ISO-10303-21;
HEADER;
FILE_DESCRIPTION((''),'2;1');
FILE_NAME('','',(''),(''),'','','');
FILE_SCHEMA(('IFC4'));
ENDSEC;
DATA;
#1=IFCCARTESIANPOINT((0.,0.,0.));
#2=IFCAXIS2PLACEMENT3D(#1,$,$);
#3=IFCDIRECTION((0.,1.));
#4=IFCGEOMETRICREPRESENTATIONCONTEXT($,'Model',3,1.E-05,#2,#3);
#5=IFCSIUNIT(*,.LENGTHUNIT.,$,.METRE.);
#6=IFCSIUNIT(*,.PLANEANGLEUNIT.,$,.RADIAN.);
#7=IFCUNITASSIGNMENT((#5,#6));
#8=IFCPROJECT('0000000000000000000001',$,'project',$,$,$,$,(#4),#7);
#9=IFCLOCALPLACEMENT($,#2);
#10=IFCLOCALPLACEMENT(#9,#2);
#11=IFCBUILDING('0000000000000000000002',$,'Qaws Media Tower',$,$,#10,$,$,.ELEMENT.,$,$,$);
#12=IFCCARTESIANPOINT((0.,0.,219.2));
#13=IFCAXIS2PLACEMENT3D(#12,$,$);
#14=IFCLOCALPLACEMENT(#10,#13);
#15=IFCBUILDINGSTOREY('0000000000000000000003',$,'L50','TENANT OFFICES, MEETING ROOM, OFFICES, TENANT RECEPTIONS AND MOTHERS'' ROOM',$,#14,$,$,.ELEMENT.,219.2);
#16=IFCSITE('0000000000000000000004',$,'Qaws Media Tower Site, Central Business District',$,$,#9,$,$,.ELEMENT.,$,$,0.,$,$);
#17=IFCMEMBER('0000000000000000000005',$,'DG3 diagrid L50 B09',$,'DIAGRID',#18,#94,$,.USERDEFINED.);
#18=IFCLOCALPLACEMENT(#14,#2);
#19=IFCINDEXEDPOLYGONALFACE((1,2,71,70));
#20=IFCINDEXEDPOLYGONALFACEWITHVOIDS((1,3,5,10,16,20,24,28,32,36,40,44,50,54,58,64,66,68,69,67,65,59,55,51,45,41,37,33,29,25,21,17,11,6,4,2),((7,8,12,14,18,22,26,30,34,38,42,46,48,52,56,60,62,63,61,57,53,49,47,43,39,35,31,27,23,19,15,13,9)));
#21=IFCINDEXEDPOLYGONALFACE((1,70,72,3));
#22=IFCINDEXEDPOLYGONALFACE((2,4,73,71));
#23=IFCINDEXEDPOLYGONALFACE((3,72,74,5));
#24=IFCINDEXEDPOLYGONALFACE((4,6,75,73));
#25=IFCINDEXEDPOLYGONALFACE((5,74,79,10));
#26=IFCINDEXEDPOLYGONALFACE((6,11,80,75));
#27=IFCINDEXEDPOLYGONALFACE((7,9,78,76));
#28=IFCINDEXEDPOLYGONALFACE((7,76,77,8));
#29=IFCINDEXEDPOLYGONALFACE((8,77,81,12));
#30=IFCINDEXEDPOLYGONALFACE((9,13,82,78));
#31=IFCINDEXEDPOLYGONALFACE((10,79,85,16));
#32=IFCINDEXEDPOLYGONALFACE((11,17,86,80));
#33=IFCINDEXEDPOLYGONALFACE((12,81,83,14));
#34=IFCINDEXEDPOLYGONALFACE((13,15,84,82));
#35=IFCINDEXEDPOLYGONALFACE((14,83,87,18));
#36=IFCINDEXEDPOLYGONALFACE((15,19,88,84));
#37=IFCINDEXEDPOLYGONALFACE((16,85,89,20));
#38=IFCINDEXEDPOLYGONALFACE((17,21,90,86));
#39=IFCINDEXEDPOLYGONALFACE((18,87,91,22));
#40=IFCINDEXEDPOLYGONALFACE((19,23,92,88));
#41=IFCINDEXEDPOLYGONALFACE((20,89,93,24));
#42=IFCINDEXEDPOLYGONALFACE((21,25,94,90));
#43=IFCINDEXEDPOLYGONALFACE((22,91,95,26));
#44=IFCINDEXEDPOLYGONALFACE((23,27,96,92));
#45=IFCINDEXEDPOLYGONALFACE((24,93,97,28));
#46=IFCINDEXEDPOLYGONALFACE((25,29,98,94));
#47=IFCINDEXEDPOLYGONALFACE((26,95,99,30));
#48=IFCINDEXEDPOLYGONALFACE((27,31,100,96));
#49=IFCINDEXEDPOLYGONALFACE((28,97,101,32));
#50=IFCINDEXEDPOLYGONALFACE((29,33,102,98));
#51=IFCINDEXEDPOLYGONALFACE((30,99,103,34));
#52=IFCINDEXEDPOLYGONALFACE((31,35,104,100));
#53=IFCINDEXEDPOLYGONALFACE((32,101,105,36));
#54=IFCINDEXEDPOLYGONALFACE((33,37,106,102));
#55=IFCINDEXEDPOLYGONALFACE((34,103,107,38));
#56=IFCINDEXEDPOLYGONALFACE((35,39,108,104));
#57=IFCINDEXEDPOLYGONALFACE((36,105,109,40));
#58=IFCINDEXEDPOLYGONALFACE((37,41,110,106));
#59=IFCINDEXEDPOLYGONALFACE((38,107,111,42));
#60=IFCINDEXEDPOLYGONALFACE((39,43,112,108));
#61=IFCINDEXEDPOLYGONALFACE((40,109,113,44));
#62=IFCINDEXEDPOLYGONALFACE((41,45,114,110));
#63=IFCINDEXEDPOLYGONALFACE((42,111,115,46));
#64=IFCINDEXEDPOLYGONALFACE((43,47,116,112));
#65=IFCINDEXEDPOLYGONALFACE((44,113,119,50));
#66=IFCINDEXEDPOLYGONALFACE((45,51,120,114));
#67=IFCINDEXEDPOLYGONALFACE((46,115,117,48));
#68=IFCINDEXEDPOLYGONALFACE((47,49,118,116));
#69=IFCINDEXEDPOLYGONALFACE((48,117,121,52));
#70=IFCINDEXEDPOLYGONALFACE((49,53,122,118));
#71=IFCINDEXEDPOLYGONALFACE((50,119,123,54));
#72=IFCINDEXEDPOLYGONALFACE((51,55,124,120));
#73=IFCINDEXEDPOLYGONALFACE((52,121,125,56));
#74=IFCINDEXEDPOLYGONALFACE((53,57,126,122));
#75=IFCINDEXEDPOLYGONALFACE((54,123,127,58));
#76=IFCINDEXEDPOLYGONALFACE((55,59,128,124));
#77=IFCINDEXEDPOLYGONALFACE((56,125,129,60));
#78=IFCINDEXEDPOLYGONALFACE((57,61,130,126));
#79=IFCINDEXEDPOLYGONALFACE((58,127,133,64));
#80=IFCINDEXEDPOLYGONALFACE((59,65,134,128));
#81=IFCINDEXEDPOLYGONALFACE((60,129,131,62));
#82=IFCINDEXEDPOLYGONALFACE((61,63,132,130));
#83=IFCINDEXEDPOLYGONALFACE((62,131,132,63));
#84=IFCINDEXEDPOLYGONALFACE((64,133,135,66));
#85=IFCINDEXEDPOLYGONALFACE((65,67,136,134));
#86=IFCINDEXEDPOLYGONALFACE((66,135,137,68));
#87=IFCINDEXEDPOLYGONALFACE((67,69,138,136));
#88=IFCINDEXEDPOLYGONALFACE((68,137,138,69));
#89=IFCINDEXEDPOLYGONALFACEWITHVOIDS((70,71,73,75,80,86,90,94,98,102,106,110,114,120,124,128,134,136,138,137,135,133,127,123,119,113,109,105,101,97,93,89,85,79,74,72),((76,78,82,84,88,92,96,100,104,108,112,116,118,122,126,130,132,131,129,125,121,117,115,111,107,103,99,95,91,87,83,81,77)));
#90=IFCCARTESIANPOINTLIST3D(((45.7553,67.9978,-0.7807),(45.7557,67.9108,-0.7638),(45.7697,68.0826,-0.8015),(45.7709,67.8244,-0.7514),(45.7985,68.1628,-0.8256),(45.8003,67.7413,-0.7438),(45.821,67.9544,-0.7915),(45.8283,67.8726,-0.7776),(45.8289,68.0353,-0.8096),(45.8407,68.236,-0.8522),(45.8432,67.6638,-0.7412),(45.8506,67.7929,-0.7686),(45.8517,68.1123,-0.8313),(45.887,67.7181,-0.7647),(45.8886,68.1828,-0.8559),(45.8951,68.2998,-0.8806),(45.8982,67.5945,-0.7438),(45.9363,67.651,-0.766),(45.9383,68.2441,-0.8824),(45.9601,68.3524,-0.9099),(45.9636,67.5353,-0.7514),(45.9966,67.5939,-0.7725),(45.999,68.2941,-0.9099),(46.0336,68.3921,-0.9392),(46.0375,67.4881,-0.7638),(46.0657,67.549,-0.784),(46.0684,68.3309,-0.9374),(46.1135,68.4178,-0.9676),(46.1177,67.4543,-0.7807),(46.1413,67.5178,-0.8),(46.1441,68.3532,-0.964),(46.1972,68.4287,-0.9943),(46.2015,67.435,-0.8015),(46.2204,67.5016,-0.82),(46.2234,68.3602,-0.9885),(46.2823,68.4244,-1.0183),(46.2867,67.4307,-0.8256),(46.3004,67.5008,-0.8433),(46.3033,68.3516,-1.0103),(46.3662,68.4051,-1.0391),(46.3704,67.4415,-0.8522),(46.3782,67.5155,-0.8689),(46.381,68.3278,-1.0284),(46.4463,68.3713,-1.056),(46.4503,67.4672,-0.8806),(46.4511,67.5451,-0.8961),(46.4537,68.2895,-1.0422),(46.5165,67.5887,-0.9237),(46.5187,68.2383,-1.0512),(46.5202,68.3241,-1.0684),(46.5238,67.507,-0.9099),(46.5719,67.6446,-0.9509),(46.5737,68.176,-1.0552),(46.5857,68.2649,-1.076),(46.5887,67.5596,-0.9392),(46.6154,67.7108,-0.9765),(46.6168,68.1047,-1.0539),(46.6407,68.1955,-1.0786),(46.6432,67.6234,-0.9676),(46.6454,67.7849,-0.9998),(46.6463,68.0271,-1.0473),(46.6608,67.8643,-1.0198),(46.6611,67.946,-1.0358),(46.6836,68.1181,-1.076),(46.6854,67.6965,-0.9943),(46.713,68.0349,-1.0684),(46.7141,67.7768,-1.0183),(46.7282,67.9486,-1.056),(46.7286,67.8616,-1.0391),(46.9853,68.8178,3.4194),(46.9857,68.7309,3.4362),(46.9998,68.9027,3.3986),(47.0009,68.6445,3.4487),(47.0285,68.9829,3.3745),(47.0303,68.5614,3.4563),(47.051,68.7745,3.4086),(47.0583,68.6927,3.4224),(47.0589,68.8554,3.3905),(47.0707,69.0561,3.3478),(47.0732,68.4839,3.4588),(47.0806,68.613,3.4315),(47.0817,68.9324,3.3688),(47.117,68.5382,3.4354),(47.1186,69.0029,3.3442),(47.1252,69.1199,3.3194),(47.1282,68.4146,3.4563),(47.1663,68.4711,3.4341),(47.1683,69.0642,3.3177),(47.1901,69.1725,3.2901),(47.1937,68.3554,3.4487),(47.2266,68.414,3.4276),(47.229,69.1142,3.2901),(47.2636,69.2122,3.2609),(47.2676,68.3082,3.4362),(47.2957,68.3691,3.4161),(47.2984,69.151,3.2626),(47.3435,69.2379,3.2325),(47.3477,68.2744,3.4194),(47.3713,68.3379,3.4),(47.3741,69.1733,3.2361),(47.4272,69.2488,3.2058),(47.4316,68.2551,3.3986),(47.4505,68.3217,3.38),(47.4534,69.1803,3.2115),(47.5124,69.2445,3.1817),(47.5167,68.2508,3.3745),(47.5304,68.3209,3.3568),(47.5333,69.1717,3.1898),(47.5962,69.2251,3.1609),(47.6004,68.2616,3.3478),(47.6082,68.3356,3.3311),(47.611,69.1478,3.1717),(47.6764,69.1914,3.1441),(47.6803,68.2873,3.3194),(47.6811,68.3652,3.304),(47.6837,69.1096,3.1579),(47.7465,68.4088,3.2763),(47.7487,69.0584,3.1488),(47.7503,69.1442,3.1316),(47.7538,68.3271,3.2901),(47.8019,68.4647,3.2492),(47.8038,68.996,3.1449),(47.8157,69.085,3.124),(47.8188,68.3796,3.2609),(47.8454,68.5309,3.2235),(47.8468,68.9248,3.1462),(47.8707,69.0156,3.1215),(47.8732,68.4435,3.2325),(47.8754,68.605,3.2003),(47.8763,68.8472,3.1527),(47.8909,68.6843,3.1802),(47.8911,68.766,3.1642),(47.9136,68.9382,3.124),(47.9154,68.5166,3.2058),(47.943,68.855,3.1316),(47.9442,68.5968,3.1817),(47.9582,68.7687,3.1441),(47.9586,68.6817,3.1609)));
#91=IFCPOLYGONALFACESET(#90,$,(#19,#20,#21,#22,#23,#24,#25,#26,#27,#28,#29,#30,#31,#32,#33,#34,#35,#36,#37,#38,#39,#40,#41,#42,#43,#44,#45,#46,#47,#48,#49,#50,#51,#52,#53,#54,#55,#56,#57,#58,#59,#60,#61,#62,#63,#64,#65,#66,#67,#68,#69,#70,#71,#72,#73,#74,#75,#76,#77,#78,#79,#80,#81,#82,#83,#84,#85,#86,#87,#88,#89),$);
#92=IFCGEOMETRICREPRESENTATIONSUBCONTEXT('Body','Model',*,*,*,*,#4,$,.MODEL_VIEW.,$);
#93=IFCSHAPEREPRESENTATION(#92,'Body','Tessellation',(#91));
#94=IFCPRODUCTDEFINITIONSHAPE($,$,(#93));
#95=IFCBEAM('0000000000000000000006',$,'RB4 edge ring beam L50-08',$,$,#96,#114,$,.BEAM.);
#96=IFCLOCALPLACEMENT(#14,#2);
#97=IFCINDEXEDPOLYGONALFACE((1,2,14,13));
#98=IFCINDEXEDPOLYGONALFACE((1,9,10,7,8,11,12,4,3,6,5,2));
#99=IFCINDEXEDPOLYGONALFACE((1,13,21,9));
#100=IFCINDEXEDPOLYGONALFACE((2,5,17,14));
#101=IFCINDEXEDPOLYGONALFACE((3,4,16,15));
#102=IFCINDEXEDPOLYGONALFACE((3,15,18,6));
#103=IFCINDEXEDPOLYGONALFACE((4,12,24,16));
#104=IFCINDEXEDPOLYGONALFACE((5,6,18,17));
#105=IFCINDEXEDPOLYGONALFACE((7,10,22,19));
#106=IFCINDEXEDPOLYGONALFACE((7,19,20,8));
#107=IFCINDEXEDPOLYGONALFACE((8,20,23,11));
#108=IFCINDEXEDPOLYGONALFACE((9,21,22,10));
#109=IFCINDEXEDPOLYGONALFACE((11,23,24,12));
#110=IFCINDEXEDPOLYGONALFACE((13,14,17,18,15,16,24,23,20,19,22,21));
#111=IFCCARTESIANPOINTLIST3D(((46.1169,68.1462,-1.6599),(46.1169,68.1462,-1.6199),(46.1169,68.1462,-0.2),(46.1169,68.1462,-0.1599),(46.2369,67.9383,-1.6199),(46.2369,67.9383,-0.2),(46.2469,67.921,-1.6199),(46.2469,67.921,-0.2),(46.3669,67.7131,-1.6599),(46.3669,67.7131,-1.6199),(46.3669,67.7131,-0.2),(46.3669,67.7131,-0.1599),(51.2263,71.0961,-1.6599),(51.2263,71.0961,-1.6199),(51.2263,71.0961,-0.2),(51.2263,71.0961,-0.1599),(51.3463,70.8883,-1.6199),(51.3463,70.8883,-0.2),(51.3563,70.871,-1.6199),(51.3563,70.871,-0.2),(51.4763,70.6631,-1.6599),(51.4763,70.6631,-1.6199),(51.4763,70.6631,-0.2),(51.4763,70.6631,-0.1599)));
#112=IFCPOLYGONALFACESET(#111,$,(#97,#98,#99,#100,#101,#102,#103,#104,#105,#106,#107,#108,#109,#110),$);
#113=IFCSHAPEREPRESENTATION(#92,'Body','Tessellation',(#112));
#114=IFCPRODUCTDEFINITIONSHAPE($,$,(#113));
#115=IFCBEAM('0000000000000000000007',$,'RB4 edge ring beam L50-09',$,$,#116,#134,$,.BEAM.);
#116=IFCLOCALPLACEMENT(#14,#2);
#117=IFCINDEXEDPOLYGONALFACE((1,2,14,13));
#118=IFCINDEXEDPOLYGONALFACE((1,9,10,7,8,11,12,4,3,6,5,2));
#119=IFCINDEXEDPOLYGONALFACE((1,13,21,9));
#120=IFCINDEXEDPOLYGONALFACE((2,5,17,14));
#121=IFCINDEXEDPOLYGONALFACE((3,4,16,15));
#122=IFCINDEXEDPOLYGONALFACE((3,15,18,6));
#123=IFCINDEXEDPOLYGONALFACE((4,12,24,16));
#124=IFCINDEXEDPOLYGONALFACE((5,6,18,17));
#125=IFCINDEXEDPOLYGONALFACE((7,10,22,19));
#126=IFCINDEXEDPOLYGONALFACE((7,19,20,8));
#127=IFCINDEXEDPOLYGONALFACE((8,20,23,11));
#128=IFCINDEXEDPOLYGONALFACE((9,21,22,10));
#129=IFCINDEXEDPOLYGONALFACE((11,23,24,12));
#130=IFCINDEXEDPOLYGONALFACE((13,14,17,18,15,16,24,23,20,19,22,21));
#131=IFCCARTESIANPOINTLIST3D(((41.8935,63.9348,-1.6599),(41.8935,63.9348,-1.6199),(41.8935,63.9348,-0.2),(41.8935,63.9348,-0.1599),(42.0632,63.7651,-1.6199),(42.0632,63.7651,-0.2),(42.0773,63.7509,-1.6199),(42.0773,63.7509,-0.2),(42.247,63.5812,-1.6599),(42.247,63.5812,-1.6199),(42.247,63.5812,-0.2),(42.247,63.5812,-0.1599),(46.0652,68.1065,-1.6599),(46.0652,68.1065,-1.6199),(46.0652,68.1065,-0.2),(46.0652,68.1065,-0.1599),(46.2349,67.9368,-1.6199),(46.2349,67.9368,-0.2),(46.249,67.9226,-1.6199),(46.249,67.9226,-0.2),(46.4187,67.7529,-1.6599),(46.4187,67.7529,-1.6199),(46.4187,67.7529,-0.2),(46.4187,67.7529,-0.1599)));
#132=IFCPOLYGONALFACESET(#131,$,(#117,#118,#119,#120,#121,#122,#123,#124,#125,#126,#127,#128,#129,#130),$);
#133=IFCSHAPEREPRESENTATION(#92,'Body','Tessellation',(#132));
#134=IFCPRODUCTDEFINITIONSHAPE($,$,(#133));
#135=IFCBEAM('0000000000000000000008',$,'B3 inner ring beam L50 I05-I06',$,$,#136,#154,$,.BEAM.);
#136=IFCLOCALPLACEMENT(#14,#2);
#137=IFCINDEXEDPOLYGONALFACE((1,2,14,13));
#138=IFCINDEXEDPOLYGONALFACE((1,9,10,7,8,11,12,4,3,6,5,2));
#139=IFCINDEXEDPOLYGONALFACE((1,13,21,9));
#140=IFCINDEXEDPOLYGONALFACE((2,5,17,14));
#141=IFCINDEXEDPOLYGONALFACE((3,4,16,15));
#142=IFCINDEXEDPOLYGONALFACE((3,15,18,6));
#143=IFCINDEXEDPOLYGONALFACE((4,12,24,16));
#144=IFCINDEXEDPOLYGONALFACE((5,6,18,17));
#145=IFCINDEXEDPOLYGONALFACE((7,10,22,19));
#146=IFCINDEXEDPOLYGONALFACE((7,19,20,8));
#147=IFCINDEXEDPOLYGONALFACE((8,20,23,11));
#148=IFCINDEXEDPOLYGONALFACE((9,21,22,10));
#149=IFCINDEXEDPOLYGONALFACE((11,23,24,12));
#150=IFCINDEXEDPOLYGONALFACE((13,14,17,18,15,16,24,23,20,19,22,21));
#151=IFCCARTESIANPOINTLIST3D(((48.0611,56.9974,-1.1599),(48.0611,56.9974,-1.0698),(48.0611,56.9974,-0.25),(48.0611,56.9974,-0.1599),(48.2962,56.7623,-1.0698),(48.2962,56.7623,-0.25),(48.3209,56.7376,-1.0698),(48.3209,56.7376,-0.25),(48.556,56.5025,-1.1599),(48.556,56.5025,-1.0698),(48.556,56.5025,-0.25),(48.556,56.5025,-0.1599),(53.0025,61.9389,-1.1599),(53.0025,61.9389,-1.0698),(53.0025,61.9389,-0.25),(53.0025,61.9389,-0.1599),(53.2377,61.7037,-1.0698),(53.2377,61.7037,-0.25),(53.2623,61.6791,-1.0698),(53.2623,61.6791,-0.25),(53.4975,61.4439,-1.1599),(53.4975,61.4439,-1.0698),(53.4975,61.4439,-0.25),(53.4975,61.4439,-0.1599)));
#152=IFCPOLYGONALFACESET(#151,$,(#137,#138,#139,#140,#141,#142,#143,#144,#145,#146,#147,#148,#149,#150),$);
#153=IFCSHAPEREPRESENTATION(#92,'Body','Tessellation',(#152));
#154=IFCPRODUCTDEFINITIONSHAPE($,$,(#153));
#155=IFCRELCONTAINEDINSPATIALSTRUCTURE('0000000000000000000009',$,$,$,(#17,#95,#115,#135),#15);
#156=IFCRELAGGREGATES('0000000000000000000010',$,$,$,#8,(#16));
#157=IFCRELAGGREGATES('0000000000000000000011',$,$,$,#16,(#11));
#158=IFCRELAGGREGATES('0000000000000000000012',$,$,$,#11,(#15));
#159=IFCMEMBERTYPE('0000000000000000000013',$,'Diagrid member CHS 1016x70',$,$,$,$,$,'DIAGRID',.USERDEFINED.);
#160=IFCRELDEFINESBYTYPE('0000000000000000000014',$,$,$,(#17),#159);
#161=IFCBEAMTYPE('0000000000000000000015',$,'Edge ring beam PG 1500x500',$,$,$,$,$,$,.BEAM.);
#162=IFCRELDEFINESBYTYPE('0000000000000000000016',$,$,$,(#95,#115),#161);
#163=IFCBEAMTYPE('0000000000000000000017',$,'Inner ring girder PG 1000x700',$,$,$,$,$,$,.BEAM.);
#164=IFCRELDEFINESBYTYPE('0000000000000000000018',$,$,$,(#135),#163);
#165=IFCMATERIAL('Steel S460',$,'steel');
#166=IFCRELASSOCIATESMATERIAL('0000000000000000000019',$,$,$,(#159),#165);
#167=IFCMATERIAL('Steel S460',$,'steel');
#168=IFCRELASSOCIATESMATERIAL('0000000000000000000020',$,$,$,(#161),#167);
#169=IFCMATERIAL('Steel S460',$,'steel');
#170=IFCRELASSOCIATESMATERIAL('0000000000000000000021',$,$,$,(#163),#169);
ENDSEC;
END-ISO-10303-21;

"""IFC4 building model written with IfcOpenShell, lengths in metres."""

from ifc_helpers import new_model, si_unit, direction, frame, origin, origin_2d, place, context, subcontext, project, spatial, hollow_circle, i_section, extrude, material, material_profile, profile_set, type_object, element, save


model = new_model("IFC4")

# Units and contexts
model_context = context("Model", 3, precision=1e-05, world=origin(), true_north=direction((0.0, 1.0)))
body_context = subcontext(model_context, "Body", "Model", "MODEL_VIEW")
ifc_project = project(units=[si_unit("LENGTHUNIT", "METRE"), si_unit("PLANEANGLEUNIT", "RADIAN")], contexts=[model_context])

# Site, building, storey
site_placement = place(None, origin())
site = spatial("IfcSite", under=ifc_project, at=site_placement, Name="Qaws Media Tower Site, Central Business District", CompositionType="ELEMENT", RefElevation=0.0)
building_placement = place(site_placement, origin())
building = spatial("IfcBuilding", under=site, at=building_placement, Name="Qaws Media Tower", CompositionType="ELEMENT")
storey_placement = place(building_placement, frame((0.0, 0.0, 219.2)))
storey = spatial("IfcBuildingStorey", under=building, at=storey_placement, Name="L50", Description="TENANT OFFICES, MEETING ROOM, OFFICES, TENANT RECEPTIONS AND MOTHERS' ROOM", CompositionType="ELEMENT", Elevation=219.2)

# Member
ifc_material_1 = material(Name="Steel S460", Category="steel")
ifc_material_profile_1 = material_profile(ifc_material_1, hollow_circle(Radius=0.5081, WallThickness=0.0701, at=origin_2d()), Name="CHS 1016x70")
ifc_profile_set_1 = profile_set([ifc_material_profile_1], Name="Steel S460")
member_type_1 = type_object("IfcMemberType", Name="Diagrid member CHS 1016x70", ElementType="DIAGRID", PredefinedType="USERDEFINED", material=ifc_profile_set_1)
member_1_placement = place(storey_placement, frame((46.2419, 67.9297, -0.9099), z_axis=(0.276244, 0.184181, 0.943275), x_axis=(-0.554738, 0.832025, 0.0)))
element("IfcMember", 1, at=member_1_placement, inside=storey, type_object=member_type_1, Name="DG3 diagrid L50 B09", ObjectType="DIAGRID", PredefinedType="USERDEFINED", context=body_context, shape_type="SweptSolid", body=[
    extrude(hollow_circle(Radius=0.5081, WallThickness=0.0701, at=origin_2d()), origin(), (0.0, 0.0, 1.0), 4.4526),
])

# Beams
ifc_material_2 = material(Name="Steel S460", Category="steel")
ifc_material_profile_2 = material_profile(ifc_material_2, i_section(OverallWidth=0.5, OverallDepth=1.5, WebThickness=0.02, FlangeThickness=0.04, at=origin_2d()), Name="PG 1500x500")
ifc_profile_set_2 = profile_set([ifc_material_profile_2], Name="Steel S460")
beam_type_1 = type_object("IfcBeamType", Name="Edge ring beam PG 1500x500", PredefinedType="BEAM", material=ifc_profile_set_2)
beam_1_placement = place(storey_placement, frame((51.3513, 70.8796, -0.9099), z_axis=(-0.866022, -0.500007, 0.0), x_axis=(0.500007, -0.866022, 0.0)))
element("IfcBeam", 2, at=beam_1_placement, inside=storey, type_object=beam_type_1, Name="RB4 edge ring beam L50-08", PredefinedType="BEAM", context=body_context, shape_type="SweptSolid", body=[
    extrude(i_section(OverallWidth=0.5, OverallDepth=1.5, WebThickness=0.02, FlangeThickness=0.04, at=origin_2d()), origin(), (0.0, 0.0, 1.0), 5.8999),
])
beam_2_placement = place(storey_placement, frame((46.2419, 67.9297, -0.9099), z_axis=(-0.707107, -0.707107, 0.0), x_axis=(0.707107, -0.707107, 0.0)))
element("IfcBeam", 3, at=beam_2_placement, inside=storey, type_object=beam_type_1, Name="RB4 edge ring beam L50-09", PredefinedType="BEAM", context=body_context, shape_type="SweptSolid", body=[
    extrude(i_section(OverallWidth=0.5, OverallDepth=1.5, WebThickness=0.02, FlangeThickness=0.04, at=origin_2d()), origin(), (0.0, 0.0, 1.0), 5.8997),
])
ifc_material_3 = material(Name="Steel S460", Category="steel")
ifc_material_profile_3 = material_profile(ifc_material_3, i_section(OverallWidth=0.7, OverallDepth=1.0, WebThickness=0.0349, FlangeThickness=0.0901, at=origin_2d()), Name="PG 1000x700")
ifc_profile_set_3 = profile_set([ifc_material_profile_3], Name="Steel S460")
beam_type_2 = type_object("IfcBeamType", Name="Inner ring girder PG 1000x700", PredefinedType="BEAM", material=ifc_profile_set_3)
beam_3_placement = place(storey_placement, frame((53.25, 61.6914, -0.6599), z_axis=(-0.707107, -0.707107, 0.0), x_axis=(0.707107, -0.707107, 0.0)))
element("IfcBeam", 4, at=beam_3_placement, inside=storey, type_object=beam_type_2, Name="B3 inner ring beam L50 I05-I06", PredefinedType="BEAM", context=body_context, shape_type="SweptSolid", body=[
    extrude(i_section(OverallWidth=0.7, OverallDepth=1.0, WebThickness=0.0349, FlangeThickness=0.0901, at=origin_2d()), origin(), (0.0, 0.0, 1.0), 6.9883),
])

save(model, "model.ifc")
